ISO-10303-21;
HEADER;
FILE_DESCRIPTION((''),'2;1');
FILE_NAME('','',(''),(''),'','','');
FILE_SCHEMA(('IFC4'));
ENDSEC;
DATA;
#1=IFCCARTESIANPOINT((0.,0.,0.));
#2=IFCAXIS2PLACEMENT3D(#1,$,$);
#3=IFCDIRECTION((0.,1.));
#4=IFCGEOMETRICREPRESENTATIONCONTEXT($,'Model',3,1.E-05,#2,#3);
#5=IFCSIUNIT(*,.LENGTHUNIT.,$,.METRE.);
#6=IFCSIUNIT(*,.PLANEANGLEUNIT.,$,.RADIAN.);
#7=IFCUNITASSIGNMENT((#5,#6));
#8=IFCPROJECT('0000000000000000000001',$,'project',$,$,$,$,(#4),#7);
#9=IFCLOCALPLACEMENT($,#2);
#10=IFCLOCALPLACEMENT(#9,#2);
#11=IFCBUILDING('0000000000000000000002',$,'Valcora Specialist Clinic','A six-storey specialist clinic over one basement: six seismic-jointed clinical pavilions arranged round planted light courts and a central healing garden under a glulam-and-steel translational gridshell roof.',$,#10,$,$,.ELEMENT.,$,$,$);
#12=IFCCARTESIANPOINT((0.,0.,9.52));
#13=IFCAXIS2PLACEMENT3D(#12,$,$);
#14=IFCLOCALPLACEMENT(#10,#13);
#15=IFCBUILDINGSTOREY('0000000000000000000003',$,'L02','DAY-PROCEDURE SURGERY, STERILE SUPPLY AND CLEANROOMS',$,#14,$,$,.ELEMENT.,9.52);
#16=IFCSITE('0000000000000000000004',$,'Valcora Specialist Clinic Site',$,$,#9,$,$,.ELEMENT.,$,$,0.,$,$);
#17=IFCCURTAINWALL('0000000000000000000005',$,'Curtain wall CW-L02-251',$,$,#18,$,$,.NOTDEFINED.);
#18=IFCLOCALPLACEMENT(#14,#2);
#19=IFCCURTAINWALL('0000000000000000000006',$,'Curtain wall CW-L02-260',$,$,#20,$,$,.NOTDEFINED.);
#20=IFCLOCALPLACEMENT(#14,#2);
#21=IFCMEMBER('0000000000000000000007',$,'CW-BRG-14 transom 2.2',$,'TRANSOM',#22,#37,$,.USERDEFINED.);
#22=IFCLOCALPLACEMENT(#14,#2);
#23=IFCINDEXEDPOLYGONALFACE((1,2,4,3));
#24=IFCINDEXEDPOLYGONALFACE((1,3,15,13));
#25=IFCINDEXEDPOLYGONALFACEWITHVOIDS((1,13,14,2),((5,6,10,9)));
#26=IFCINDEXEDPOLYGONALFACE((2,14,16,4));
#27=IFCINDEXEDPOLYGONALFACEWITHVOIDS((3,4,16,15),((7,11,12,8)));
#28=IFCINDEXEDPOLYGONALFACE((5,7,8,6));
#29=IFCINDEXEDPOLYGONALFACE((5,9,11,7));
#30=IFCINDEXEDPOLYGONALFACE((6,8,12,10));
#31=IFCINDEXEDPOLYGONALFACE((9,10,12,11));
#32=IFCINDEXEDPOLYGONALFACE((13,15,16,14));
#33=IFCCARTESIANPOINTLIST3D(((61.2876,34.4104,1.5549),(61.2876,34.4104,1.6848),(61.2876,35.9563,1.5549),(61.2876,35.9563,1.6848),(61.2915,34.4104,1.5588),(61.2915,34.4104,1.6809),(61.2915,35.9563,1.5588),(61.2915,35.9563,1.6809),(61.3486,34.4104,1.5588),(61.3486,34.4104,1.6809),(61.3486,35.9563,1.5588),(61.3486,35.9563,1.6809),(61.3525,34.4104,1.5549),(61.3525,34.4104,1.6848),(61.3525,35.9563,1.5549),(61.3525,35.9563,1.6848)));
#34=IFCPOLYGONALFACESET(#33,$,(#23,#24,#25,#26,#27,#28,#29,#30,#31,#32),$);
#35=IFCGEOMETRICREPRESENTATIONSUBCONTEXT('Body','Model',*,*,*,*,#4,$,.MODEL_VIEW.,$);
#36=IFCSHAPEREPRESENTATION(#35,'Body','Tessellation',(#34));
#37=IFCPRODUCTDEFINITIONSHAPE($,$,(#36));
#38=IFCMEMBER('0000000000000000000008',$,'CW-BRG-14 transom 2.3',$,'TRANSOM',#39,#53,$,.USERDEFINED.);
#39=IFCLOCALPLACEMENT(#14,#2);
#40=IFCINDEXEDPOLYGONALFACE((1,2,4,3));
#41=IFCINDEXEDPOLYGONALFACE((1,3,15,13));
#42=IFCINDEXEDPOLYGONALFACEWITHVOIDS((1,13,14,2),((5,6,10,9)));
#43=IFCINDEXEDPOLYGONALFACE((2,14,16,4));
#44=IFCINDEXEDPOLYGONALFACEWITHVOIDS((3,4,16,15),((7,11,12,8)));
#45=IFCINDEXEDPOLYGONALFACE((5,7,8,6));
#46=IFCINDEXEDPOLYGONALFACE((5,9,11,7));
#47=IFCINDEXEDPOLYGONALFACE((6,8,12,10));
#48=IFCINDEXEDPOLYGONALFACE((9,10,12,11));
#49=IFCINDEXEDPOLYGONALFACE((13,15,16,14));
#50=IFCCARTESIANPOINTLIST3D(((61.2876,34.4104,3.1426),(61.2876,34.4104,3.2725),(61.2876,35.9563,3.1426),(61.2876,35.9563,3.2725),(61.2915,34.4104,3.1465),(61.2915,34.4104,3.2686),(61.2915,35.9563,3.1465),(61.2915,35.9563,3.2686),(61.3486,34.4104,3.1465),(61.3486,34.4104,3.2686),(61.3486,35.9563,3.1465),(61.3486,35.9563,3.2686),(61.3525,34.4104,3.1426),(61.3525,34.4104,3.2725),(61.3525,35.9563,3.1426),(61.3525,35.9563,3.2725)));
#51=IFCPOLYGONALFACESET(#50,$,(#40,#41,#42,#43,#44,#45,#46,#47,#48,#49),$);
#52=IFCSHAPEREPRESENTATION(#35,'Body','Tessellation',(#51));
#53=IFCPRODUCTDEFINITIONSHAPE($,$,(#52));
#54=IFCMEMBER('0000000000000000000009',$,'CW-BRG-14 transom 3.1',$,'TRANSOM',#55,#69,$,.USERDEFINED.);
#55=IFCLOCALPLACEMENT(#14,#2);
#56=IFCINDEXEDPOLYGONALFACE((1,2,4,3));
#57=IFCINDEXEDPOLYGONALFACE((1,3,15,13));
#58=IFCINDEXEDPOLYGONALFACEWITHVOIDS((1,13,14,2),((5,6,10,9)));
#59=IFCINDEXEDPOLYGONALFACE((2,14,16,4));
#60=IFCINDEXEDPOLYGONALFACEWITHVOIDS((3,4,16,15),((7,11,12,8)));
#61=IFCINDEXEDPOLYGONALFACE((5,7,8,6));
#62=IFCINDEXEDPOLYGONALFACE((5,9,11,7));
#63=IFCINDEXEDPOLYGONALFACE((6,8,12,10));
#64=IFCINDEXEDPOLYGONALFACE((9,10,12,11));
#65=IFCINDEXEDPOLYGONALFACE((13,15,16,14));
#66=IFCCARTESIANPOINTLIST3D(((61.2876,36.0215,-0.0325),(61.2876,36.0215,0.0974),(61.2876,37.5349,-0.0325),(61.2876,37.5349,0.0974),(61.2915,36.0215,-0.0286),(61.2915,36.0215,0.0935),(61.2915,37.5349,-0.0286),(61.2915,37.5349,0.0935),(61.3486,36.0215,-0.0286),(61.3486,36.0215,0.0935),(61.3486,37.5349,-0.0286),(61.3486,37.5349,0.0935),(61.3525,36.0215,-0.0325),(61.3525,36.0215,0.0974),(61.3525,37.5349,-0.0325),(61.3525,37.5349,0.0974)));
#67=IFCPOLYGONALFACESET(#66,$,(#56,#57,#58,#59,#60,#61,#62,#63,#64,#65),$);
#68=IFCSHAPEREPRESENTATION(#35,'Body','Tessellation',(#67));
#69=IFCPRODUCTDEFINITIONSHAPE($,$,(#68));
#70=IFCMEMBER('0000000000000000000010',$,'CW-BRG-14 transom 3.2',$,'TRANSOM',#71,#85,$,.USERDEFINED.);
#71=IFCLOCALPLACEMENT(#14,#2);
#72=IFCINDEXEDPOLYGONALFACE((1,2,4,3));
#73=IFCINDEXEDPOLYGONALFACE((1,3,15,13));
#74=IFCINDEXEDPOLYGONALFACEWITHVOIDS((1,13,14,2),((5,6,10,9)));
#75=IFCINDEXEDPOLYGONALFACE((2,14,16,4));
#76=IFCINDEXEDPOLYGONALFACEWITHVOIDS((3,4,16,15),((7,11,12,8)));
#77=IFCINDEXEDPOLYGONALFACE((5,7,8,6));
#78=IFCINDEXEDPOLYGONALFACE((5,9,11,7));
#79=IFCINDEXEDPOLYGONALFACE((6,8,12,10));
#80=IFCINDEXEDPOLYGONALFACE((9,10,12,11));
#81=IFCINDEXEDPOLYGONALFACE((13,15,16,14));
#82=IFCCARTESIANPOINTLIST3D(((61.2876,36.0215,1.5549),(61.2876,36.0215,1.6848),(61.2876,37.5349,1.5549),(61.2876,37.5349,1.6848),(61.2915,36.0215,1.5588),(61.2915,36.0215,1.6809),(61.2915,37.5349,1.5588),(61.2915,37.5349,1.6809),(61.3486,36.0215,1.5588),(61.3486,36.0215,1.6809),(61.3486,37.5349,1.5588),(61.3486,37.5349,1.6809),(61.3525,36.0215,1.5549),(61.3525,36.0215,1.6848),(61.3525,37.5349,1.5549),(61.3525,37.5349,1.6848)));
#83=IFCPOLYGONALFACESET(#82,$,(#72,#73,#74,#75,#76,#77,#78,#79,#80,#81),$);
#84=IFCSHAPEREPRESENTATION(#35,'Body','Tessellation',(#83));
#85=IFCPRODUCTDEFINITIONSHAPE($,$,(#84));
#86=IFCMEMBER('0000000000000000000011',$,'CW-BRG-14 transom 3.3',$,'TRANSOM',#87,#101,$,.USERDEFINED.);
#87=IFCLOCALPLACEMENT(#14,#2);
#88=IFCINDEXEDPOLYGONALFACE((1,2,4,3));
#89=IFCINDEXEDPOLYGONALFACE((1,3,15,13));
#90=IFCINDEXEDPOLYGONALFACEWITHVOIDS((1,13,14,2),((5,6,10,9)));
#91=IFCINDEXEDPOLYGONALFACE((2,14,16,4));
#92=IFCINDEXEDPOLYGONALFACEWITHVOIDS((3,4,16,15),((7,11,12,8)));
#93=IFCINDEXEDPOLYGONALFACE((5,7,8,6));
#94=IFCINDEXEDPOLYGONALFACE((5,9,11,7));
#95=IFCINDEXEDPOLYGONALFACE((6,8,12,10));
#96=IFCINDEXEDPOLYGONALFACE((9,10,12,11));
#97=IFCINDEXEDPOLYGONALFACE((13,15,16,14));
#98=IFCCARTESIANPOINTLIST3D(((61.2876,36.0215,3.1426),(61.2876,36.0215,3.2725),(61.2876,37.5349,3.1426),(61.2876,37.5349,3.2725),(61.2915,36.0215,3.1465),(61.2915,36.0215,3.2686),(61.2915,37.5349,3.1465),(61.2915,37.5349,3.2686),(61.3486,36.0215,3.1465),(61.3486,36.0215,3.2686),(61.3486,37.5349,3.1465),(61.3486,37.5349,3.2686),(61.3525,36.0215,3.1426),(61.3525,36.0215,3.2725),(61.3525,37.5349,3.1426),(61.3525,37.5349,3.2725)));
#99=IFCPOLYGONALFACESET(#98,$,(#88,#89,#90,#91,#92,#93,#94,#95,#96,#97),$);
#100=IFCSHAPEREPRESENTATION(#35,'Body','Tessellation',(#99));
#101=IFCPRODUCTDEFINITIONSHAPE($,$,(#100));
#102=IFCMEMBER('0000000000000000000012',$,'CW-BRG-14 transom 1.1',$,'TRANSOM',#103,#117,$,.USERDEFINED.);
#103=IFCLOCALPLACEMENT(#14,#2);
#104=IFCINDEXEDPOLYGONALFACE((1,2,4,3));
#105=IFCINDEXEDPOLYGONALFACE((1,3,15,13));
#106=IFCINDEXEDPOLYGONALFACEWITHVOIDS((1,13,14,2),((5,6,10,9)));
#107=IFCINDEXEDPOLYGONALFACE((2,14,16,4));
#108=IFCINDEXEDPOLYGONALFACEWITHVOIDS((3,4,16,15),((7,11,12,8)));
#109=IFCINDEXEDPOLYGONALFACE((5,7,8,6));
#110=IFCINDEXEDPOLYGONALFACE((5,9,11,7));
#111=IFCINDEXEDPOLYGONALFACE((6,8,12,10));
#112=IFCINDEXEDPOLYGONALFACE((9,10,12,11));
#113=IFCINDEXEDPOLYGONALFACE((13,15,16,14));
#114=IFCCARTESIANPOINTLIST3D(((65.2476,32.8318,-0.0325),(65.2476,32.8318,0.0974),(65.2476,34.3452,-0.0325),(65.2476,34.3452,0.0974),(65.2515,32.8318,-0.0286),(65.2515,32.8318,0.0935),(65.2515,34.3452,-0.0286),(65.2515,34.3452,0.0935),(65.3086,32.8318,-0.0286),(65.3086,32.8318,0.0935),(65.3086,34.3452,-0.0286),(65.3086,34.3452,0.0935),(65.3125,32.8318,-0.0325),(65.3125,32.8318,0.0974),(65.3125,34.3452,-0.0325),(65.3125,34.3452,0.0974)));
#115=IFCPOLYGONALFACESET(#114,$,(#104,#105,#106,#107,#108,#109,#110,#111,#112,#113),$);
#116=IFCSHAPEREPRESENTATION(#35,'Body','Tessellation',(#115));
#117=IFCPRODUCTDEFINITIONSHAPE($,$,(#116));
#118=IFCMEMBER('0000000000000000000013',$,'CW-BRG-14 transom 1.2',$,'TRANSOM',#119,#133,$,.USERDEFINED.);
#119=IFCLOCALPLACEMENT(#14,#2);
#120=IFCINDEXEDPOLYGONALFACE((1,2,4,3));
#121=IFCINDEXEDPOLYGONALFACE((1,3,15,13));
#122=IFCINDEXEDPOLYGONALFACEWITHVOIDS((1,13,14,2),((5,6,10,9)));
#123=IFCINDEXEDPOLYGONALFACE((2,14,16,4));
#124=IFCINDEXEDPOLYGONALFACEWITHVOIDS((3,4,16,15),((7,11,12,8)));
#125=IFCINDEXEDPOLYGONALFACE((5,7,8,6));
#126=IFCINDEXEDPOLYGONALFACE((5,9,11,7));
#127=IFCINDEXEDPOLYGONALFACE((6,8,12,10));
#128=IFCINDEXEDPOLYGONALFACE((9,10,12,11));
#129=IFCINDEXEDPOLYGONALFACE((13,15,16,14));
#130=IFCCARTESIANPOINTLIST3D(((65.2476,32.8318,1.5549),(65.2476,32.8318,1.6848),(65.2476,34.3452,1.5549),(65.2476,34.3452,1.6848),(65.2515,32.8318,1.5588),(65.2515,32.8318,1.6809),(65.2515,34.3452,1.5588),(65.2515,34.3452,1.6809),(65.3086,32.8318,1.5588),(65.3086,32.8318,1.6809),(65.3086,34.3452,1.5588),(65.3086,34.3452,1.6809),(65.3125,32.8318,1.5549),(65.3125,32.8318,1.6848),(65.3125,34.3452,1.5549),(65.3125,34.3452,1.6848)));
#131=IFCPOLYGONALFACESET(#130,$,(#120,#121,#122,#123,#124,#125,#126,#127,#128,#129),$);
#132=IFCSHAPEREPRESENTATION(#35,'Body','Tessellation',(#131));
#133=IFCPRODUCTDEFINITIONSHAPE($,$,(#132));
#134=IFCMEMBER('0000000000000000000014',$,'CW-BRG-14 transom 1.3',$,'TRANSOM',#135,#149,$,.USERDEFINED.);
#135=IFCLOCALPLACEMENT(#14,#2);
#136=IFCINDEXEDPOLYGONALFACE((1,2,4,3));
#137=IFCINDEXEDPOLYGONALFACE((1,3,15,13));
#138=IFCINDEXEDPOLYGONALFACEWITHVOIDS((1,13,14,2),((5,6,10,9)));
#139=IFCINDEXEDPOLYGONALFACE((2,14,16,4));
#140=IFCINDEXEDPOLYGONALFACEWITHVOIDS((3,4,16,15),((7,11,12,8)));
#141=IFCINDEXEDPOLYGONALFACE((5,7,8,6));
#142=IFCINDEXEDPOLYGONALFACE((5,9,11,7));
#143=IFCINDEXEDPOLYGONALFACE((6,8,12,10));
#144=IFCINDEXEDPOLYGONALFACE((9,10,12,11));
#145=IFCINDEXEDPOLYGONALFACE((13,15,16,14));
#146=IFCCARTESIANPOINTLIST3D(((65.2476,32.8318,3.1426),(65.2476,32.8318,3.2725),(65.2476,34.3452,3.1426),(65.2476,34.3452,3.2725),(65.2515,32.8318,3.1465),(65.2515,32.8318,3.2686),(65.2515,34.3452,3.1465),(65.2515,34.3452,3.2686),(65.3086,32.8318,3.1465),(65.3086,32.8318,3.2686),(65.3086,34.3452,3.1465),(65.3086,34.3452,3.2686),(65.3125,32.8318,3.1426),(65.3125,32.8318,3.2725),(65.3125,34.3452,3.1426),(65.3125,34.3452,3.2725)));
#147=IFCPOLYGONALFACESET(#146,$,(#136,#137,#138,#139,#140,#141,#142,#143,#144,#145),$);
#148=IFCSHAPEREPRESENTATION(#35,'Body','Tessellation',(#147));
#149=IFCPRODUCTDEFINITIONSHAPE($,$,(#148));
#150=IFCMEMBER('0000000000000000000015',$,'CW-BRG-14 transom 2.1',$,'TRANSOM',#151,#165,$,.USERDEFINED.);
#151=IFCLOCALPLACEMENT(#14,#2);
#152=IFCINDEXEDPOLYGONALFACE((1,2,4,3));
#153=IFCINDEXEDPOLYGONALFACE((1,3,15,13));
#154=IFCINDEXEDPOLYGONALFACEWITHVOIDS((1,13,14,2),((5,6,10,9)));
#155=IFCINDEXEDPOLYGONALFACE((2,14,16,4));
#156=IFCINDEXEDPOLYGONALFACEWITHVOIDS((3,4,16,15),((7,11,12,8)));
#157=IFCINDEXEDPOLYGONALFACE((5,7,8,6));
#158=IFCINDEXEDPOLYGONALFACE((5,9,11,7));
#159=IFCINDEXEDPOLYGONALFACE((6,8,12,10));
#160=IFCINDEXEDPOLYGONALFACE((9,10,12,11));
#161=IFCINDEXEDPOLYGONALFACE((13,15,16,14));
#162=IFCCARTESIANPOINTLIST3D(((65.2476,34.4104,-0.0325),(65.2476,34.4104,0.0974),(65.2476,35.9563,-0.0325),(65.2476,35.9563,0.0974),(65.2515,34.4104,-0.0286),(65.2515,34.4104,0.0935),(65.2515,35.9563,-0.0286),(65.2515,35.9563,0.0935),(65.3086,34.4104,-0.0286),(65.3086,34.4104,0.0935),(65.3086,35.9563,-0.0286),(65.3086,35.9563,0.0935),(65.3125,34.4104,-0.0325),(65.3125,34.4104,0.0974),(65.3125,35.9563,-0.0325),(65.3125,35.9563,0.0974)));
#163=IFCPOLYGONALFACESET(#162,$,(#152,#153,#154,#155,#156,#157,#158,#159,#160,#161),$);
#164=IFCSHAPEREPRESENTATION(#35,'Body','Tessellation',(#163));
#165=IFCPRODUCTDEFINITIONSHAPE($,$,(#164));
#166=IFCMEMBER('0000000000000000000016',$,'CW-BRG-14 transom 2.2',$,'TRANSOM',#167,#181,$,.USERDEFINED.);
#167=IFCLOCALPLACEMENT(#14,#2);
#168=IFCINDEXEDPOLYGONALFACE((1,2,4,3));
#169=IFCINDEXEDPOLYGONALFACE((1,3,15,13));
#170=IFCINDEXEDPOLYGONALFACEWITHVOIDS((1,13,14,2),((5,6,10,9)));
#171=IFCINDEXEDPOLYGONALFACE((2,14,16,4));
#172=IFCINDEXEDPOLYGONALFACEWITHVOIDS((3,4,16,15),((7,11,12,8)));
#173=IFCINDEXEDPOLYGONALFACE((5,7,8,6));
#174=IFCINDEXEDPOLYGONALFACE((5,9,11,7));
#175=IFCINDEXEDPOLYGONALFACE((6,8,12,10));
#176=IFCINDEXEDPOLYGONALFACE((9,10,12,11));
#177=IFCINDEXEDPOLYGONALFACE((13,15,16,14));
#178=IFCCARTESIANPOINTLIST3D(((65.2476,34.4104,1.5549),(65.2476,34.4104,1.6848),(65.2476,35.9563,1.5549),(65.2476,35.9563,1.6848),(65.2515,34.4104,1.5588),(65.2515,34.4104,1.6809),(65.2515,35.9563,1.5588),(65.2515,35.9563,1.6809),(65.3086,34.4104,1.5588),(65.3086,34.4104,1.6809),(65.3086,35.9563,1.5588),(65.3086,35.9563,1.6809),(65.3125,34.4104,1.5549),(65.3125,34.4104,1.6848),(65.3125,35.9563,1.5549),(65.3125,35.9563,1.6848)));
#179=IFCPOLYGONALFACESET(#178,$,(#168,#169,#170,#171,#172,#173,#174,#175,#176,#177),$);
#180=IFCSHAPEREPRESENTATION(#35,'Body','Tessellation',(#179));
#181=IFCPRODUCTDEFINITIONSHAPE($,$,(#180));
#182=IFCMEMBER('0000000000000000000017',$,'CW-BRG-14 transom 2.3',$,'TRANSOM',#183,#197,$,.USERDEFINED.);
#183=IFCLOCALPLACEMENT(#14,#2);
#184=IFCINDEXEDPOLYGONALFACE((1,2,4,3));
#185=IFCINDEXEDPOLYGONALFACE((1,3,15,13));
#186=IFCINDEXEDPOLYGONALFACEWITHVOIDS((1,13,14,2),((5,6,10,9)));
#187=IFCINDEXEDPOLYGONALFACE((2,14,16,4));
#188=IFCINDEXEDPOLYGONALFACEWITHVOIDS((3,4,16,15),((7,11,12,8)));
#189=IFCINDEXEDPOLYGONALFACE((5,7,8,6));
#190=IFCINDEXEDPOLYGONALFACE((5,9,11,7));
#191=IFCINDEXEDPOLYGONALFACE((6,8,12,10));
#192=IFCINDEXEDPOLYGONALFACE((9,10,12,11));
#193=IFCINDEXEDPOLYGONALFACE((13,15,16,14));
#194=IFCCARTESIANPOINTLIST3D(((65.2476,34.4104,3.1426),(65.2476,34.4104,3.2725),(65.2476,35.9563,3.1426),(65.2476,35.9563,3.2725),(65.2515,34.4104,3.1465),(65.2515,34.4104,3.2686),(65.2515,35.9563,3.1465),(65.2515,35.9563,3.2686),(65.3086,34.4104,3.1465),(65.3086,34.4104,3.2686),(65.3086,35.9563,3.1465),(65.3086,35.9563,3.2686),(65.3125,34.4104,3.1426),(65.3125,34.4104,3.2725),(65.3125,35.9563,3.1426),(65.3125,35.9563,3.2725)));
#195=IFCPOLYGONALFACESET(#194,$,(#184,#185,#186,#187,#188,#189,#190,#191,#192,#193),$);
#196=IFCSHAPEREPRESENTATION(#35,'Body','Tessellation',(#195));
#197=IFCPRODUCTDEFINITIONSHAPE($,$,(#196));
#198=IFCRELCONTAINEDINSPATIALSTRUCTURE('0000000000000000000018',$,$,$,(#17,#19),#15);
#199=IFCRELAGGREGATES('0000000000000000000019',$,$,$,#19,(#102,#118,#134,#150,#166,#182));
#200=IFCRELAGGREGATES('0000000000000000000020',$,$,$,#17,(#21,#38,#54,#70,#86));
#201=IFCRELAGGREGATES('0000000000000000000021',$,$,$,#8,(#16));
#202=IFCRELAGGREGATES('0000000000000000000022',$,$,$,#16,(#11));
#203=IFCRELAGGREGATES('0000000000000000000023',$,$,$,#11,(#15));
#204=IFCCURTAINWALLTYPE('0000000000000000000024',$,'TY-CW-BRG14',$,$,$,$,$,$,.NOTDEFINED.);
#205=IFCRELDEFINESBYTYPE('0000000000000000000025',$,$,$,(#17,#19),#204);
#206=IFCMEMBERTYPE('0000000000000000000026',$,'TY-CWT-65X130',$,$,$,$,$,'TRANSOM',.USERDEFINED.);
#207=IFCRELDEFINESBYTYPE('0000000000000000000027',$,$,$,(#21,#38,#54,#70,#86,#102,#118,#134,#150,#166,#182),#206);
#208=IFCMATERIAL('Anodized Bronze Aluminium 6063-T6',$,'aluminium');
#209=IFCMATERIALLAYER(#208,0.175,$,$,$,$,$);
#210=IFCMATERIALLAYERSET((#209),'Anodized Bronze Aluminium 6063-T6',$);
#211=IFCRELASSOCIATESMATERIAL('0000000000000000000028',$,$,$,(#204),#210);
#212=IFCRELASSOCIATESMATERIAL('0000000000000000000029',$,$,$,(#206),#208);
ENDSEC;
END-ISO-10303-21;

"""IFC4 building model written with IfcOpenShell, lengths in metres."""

from ifc_helpers import new_model, si_unit, direction, frame, origin, origin_2d, place, context, subcontext, project, spatial, hollow_rectangle, extrude, material, layer, layer_set, material_profile, profile_set, type_object, element, aggregate, save


model = new_model("IFC4")

# Units and contexts
model_context = context("Model", 3, precision=1e-05, world=origin(), true_north=direction((0.0, 1.0)))
body_context = subcontext(model_context, "Body", "Model", "MODEL_VIEW")
ifc_project = project(units=[si_unit("LENGTHUNIT", "METRE"), si_unit("PLANEANGLEUNIT", "RADIAN")], contexts=[model_context])

# Site, building, storey
site_placement = place(None, origin())
site = spatial("IfcSite", under=ifc_project, at=site_placement, Name="Valcora Specialist Clinic Site", CompositionType="ELEMENT", RefElevation=0.0)
building_placement = place(site_placement, origin())
building = spatial("IfcBuilding", under=site, at=building_placement, Name="Valcora Specialist Clinic", Description="A six-storey specialist clinic over one basement: six seismic-jointed clinical pavilions arranged round planted light courts and a central healing garden under a glulam-and-steel translational gridshell roof.", CompositionType="ELEMENT")
storey_placement = place(building_placement, frame((0.0, 0.0, 9.52)))
storey = spatial("IfcBuildingStorey", under=building, at=storey_placement, Name="L02", Description="DAY-PROCEDURE SURGERY, STERILE SUPPLY AND CLEANROOMS", CompositionType="ELEMENT", Elevation=9.52)

# Curtain wall
ifc_material_1 = material(Name="Anodized Bronze Aluminium 6063-T6", Category="aluminium")
ifc_layer_1 = layer(ifc_material_1, 0.175)
ifc_layer_set_1 = layer_set([ifc_layer_1], Name="Anodized Bronze Aluminium 6063-T6")
curtain_wall_type = type_object("IfcCurtainWallType", Name="TY-CW-BRG14", PredefinedType="NOTDEFINED", material=ifc_layer_set_1)
curtain_wall_1_placement = place(storey_placement, origin())
curtain_wall_1 = element("IfcCurtainWall", 1, at=curtain_wall_1_placement, inside=storey, type_object=curtain_wall_type, Name="Curtain wall CW-L02-251", PredefinedType="NOTDEFINED")

# Curtain wall
curtain_wall_2_placement = place(storey_placement, origin())
curtain_wall_2 = element("IfcCurtainWall", 2, at=curtain_wall_2_placement, inside=storey, type_object=curtain_wall_type, Name="Curtain wall CW-L02-260", PredefinedType="NOTDEFINED")

# Members
ifc_material_profile_1 = material_profile(ifc_material_1, hollow_rectangle(XDim=0.0649, YDim=0.1299, WallThickness=0.0039, at=origin_2d()), Name="AL-TRN-65X130")
ifc_profile_set_1 = profile_set([ifc_material_profile_1], Name="Anodized Bronze Aluminium 6063-T6")
member_type_1 = type_object("IfcMemberType", Name="TY-CWT-65X130", ElementType="TRANSOM", PredefinedType="USERDEFINED", material=ifc_profile_set_1)
member_1_placement = place(storey_placement, frame((61.3201, 34.4104, 1.6199), z_axis=(0.0, 1.0, 0.0), x_axis=(-1.0, 0.0, 0.0)))
member_1 = element("IfcMember", 3, at=member_1_placement, type_object=member_type_1, Name="CW-BRG-14 transom 2.2", ObjectType="TRANSOM", PredefinedType="USERDEFINED", context=body_context, shape_type="SweptSolid", body=[
    extrude(hollow_rectangle(XDim=0.0649, YDim=0.1299, WallThickness=0.0039, at=origin_2d()), origin(), (0.0, 0.0, 1.0), 1.5459),
])
member_2_placement = place(storey_placement, frame((61.3201, 34.4104, 3.2075), z_axis=(0.0, 1.0, 0.0), x_axis=(-1.0, 0.0, 0.0)))
member_2 = element("IfcMember", 4, at=member_2_placement, type_object=member_type_1, Name="CW-BRG-14 transom 2.3", ObjectType="TRANSOM", PredefinedType="USERDEFINED", context=body_context, shape_type="SweptSolid", body=[
    extrude(hollow_rectangle(XDim=0.0649, YDim=0.1299, WallThickness=0.0039, at=origin_2d()), origin(), (0.0, 0.0, 1.0), 1.5459),
])
member_3_placement = place(storey_placement, frame((61.3201, 36.0215, 0.0325), z_axis=(0.0, 1.0, 0.0), x_axis=(-1.0, 0.0, 0.0)))
member_3 = element("IfcMember", 5, at=member_3_placement, type_object=member_type_1, Name="CW-BRG-14 transom 3.1", ObjectType="TRANSOM", PredefinedType="USERDEFINED", context=body_context, shape_type="SweptSolid", body=[
    extrude(hollow_rectangle(XDim=0.0649, YDim=0.1299, WallThickness=0.0039, at=origin_2d()), origin(), (0.0, 0.0, 1.0), 1.5134),
])
member_4_placement = place(storey_placement, frame((61.3201, 36.0215, 1.6199), z_axis=(0.0, 1.0, 0.0), x_axis=(-1.0, 0.0, 0.0)))
member_4 = element("IfcMember", 6, at=member_4_placement, type_object=member_type_1, Name="CW-BRG-14 transom 3.2", ObjectType="TRANSOM", PredefinedType="USERDEFINED", context=body_context, shape_type="SweptSolid", body=[
    extrude(hollow_rectangle(XDim=0.0649, YDim=0.1299, WallThickness=0.0039, at=origin_2d()), origin(), (0.0, 0.0, 1.0), 1.5134),
])
member_5_placement = place(storey_placement, frame((61.3201, 36.0215, 3.2075), z_axis=(0.0, 1.0, 0.0), x_axis=(-1.0, 0.0, 0.0)))
member_5 = element("IfcMember", 7, at=member_5_placement, type_object=member_type_1, Name="CW-BRG-14 transom 3.3", ObjectType="TRANSOM", PredefinedType="USERDEFINED", context=body_context, shape_type="SweptSolid", body=[
    extrude(hollow_rectangle(XDim=0.0649, YDim=0.1299, WallThickness=0.0039, at=origin_2d()), origin(), (0.0, 0.0, 1.0), 1.5134),
])
member_6_placement = place(storey_placement, frame((65.28, 32.8318, 0.0325), z_axis=(0.0, 1.0, 0.0), x_axis=(-1.0, 0.0, 0.0)))
member_6 = element("IfcMember", 8, at=member_6_placement, type_object=member_type_1, Name="CW-BRG-14 transom 1.1", ObjectType="TRANSOM", PredefinedType="USERDEFINED", context=body_context, shape_type="SweptSolid", body=[
    extrude(hollow_rectangle(XDim=0.0649, YDim=0.1299, WallThickness=0.0039, at=origin_2d()), origin(), (0.0, 0.0, 1.0), 1.5134),
])
member_7_placement = place(storey_placement, frame((65.28, 32.8318, 1.6199), z_axis=(0.0, 1.0, 0.0), x_axis=(-1.0, 0.0, 0.0)))
member_7 = element("IfcMember", 9, at=member_7_placement, type_object=member_type_1, Name="CW-BRG-14 transom 1.2", ObjectType="TRANSOM", PredefinedType="USERDEFINED", context=body_context, shape_type="SweptSolid", body=[
    extrude(hollow_rectangle(XDim=0.0649, YDim=0.1299, WallThickness=0.0039, at=origin_2d()), origin(), (0.0, 0.0, 1.0), 1.5134),
])
member_8_placement = place(storey_placement, frame((65.28, 32.8318, 3.2075), z_axis=(0.0, 1.0, 0.0), x_axis=(-1.0, 0.0, 0.0)))
member_8 = element("IfcMember", 10, at=member_8_placement, type_object=member_type_1, Name="CW-BRG-14 transom 1.3", ObjectType="TRANSOM", PredefinedType="USERDEFINED", context=body_context, shape_type="SweptSolid", body=[
    extrude(hollow_rectangle(XDim=0.0649, YDim=0.1299, WallThickness=0.0039, at=origin_2d()), origin(), (0.0, 0.0, 1.0), 1.5134),
])
member_9_placement = place(storey_placement, frame((65.28, 34.4104, 0.0325), z_axis=(0.0, 1.0, 0.0), x_axis=(-1.0, 0.0, 0.0)))
member_9 = element("IfcMember", 11, at=member_9_placement, type_object=member_type_1, Name="CW-BRG-14 transom 2.1", ObjectType="TRANSOM", PredefinedType="USERDEFINED", context=body_context, shape_type="SweptSolid", body=[
    extrude(hollow_rectangle(XDim=0.0649, YDim=0.1299, WallThickness=0.0039, at=origin_2d()), origin(), (0.0, 0.0, 1.0), 1.5459),
])
member_10_placement = place(storey_placement, frame((65.28, 34.4104, 1.6199), z_axis=(0.0, 1.0, 0.0), x_axis=(-1.0, 0.0, 0.0)))
member_10 = element("IfcMember", 12, at=member_10_placement, type_object=member_type_1, Name="CW-BRG-14 transom 2.2", ObjectType="TRANSOM", PredefinedType="USERDEFINED", context=body_context, shape_type="SweptSolid", body=[
    extrude(hollow_rectangle(XDim=0.0649, YDim=0.1299, WallThickness=0.0039, at=origin_2d()), origin(), (0.0, 0.0, 1.0), 1.5459),
])
member_11_placement = place(storey_placement, frame((65.28, 34.4104, 3.2075), z_axis=(0.0, 1.0, 0.0), x_axis=(-1.0, 0.0, 0.0)))
member_11 = element("IfcMember", 13, at=member_11_placement, type_object=member_type_1, Name="CW-BRG-14 transom 2.3", ObjectType="TRANSOM", PredefinedType="USERDEFINED", context=body_context, shape_type="SweptSolid", body=[
    extrude(hollow_rectangle(XDim=0.0649, YDim=0.1299, WallThickness=0.0039, at=origin_2d()), origin(), (0.0, 0.0, 1.0), 1.5459),
])

aggregate(curtain_wall_2, [member_6, member_7, member_8, member_9, member_10, member_11])
aggregate(curtain_wall_1, [member_1, member_2, member_3, member_4, member_5])

save(model, "model.ifc")
